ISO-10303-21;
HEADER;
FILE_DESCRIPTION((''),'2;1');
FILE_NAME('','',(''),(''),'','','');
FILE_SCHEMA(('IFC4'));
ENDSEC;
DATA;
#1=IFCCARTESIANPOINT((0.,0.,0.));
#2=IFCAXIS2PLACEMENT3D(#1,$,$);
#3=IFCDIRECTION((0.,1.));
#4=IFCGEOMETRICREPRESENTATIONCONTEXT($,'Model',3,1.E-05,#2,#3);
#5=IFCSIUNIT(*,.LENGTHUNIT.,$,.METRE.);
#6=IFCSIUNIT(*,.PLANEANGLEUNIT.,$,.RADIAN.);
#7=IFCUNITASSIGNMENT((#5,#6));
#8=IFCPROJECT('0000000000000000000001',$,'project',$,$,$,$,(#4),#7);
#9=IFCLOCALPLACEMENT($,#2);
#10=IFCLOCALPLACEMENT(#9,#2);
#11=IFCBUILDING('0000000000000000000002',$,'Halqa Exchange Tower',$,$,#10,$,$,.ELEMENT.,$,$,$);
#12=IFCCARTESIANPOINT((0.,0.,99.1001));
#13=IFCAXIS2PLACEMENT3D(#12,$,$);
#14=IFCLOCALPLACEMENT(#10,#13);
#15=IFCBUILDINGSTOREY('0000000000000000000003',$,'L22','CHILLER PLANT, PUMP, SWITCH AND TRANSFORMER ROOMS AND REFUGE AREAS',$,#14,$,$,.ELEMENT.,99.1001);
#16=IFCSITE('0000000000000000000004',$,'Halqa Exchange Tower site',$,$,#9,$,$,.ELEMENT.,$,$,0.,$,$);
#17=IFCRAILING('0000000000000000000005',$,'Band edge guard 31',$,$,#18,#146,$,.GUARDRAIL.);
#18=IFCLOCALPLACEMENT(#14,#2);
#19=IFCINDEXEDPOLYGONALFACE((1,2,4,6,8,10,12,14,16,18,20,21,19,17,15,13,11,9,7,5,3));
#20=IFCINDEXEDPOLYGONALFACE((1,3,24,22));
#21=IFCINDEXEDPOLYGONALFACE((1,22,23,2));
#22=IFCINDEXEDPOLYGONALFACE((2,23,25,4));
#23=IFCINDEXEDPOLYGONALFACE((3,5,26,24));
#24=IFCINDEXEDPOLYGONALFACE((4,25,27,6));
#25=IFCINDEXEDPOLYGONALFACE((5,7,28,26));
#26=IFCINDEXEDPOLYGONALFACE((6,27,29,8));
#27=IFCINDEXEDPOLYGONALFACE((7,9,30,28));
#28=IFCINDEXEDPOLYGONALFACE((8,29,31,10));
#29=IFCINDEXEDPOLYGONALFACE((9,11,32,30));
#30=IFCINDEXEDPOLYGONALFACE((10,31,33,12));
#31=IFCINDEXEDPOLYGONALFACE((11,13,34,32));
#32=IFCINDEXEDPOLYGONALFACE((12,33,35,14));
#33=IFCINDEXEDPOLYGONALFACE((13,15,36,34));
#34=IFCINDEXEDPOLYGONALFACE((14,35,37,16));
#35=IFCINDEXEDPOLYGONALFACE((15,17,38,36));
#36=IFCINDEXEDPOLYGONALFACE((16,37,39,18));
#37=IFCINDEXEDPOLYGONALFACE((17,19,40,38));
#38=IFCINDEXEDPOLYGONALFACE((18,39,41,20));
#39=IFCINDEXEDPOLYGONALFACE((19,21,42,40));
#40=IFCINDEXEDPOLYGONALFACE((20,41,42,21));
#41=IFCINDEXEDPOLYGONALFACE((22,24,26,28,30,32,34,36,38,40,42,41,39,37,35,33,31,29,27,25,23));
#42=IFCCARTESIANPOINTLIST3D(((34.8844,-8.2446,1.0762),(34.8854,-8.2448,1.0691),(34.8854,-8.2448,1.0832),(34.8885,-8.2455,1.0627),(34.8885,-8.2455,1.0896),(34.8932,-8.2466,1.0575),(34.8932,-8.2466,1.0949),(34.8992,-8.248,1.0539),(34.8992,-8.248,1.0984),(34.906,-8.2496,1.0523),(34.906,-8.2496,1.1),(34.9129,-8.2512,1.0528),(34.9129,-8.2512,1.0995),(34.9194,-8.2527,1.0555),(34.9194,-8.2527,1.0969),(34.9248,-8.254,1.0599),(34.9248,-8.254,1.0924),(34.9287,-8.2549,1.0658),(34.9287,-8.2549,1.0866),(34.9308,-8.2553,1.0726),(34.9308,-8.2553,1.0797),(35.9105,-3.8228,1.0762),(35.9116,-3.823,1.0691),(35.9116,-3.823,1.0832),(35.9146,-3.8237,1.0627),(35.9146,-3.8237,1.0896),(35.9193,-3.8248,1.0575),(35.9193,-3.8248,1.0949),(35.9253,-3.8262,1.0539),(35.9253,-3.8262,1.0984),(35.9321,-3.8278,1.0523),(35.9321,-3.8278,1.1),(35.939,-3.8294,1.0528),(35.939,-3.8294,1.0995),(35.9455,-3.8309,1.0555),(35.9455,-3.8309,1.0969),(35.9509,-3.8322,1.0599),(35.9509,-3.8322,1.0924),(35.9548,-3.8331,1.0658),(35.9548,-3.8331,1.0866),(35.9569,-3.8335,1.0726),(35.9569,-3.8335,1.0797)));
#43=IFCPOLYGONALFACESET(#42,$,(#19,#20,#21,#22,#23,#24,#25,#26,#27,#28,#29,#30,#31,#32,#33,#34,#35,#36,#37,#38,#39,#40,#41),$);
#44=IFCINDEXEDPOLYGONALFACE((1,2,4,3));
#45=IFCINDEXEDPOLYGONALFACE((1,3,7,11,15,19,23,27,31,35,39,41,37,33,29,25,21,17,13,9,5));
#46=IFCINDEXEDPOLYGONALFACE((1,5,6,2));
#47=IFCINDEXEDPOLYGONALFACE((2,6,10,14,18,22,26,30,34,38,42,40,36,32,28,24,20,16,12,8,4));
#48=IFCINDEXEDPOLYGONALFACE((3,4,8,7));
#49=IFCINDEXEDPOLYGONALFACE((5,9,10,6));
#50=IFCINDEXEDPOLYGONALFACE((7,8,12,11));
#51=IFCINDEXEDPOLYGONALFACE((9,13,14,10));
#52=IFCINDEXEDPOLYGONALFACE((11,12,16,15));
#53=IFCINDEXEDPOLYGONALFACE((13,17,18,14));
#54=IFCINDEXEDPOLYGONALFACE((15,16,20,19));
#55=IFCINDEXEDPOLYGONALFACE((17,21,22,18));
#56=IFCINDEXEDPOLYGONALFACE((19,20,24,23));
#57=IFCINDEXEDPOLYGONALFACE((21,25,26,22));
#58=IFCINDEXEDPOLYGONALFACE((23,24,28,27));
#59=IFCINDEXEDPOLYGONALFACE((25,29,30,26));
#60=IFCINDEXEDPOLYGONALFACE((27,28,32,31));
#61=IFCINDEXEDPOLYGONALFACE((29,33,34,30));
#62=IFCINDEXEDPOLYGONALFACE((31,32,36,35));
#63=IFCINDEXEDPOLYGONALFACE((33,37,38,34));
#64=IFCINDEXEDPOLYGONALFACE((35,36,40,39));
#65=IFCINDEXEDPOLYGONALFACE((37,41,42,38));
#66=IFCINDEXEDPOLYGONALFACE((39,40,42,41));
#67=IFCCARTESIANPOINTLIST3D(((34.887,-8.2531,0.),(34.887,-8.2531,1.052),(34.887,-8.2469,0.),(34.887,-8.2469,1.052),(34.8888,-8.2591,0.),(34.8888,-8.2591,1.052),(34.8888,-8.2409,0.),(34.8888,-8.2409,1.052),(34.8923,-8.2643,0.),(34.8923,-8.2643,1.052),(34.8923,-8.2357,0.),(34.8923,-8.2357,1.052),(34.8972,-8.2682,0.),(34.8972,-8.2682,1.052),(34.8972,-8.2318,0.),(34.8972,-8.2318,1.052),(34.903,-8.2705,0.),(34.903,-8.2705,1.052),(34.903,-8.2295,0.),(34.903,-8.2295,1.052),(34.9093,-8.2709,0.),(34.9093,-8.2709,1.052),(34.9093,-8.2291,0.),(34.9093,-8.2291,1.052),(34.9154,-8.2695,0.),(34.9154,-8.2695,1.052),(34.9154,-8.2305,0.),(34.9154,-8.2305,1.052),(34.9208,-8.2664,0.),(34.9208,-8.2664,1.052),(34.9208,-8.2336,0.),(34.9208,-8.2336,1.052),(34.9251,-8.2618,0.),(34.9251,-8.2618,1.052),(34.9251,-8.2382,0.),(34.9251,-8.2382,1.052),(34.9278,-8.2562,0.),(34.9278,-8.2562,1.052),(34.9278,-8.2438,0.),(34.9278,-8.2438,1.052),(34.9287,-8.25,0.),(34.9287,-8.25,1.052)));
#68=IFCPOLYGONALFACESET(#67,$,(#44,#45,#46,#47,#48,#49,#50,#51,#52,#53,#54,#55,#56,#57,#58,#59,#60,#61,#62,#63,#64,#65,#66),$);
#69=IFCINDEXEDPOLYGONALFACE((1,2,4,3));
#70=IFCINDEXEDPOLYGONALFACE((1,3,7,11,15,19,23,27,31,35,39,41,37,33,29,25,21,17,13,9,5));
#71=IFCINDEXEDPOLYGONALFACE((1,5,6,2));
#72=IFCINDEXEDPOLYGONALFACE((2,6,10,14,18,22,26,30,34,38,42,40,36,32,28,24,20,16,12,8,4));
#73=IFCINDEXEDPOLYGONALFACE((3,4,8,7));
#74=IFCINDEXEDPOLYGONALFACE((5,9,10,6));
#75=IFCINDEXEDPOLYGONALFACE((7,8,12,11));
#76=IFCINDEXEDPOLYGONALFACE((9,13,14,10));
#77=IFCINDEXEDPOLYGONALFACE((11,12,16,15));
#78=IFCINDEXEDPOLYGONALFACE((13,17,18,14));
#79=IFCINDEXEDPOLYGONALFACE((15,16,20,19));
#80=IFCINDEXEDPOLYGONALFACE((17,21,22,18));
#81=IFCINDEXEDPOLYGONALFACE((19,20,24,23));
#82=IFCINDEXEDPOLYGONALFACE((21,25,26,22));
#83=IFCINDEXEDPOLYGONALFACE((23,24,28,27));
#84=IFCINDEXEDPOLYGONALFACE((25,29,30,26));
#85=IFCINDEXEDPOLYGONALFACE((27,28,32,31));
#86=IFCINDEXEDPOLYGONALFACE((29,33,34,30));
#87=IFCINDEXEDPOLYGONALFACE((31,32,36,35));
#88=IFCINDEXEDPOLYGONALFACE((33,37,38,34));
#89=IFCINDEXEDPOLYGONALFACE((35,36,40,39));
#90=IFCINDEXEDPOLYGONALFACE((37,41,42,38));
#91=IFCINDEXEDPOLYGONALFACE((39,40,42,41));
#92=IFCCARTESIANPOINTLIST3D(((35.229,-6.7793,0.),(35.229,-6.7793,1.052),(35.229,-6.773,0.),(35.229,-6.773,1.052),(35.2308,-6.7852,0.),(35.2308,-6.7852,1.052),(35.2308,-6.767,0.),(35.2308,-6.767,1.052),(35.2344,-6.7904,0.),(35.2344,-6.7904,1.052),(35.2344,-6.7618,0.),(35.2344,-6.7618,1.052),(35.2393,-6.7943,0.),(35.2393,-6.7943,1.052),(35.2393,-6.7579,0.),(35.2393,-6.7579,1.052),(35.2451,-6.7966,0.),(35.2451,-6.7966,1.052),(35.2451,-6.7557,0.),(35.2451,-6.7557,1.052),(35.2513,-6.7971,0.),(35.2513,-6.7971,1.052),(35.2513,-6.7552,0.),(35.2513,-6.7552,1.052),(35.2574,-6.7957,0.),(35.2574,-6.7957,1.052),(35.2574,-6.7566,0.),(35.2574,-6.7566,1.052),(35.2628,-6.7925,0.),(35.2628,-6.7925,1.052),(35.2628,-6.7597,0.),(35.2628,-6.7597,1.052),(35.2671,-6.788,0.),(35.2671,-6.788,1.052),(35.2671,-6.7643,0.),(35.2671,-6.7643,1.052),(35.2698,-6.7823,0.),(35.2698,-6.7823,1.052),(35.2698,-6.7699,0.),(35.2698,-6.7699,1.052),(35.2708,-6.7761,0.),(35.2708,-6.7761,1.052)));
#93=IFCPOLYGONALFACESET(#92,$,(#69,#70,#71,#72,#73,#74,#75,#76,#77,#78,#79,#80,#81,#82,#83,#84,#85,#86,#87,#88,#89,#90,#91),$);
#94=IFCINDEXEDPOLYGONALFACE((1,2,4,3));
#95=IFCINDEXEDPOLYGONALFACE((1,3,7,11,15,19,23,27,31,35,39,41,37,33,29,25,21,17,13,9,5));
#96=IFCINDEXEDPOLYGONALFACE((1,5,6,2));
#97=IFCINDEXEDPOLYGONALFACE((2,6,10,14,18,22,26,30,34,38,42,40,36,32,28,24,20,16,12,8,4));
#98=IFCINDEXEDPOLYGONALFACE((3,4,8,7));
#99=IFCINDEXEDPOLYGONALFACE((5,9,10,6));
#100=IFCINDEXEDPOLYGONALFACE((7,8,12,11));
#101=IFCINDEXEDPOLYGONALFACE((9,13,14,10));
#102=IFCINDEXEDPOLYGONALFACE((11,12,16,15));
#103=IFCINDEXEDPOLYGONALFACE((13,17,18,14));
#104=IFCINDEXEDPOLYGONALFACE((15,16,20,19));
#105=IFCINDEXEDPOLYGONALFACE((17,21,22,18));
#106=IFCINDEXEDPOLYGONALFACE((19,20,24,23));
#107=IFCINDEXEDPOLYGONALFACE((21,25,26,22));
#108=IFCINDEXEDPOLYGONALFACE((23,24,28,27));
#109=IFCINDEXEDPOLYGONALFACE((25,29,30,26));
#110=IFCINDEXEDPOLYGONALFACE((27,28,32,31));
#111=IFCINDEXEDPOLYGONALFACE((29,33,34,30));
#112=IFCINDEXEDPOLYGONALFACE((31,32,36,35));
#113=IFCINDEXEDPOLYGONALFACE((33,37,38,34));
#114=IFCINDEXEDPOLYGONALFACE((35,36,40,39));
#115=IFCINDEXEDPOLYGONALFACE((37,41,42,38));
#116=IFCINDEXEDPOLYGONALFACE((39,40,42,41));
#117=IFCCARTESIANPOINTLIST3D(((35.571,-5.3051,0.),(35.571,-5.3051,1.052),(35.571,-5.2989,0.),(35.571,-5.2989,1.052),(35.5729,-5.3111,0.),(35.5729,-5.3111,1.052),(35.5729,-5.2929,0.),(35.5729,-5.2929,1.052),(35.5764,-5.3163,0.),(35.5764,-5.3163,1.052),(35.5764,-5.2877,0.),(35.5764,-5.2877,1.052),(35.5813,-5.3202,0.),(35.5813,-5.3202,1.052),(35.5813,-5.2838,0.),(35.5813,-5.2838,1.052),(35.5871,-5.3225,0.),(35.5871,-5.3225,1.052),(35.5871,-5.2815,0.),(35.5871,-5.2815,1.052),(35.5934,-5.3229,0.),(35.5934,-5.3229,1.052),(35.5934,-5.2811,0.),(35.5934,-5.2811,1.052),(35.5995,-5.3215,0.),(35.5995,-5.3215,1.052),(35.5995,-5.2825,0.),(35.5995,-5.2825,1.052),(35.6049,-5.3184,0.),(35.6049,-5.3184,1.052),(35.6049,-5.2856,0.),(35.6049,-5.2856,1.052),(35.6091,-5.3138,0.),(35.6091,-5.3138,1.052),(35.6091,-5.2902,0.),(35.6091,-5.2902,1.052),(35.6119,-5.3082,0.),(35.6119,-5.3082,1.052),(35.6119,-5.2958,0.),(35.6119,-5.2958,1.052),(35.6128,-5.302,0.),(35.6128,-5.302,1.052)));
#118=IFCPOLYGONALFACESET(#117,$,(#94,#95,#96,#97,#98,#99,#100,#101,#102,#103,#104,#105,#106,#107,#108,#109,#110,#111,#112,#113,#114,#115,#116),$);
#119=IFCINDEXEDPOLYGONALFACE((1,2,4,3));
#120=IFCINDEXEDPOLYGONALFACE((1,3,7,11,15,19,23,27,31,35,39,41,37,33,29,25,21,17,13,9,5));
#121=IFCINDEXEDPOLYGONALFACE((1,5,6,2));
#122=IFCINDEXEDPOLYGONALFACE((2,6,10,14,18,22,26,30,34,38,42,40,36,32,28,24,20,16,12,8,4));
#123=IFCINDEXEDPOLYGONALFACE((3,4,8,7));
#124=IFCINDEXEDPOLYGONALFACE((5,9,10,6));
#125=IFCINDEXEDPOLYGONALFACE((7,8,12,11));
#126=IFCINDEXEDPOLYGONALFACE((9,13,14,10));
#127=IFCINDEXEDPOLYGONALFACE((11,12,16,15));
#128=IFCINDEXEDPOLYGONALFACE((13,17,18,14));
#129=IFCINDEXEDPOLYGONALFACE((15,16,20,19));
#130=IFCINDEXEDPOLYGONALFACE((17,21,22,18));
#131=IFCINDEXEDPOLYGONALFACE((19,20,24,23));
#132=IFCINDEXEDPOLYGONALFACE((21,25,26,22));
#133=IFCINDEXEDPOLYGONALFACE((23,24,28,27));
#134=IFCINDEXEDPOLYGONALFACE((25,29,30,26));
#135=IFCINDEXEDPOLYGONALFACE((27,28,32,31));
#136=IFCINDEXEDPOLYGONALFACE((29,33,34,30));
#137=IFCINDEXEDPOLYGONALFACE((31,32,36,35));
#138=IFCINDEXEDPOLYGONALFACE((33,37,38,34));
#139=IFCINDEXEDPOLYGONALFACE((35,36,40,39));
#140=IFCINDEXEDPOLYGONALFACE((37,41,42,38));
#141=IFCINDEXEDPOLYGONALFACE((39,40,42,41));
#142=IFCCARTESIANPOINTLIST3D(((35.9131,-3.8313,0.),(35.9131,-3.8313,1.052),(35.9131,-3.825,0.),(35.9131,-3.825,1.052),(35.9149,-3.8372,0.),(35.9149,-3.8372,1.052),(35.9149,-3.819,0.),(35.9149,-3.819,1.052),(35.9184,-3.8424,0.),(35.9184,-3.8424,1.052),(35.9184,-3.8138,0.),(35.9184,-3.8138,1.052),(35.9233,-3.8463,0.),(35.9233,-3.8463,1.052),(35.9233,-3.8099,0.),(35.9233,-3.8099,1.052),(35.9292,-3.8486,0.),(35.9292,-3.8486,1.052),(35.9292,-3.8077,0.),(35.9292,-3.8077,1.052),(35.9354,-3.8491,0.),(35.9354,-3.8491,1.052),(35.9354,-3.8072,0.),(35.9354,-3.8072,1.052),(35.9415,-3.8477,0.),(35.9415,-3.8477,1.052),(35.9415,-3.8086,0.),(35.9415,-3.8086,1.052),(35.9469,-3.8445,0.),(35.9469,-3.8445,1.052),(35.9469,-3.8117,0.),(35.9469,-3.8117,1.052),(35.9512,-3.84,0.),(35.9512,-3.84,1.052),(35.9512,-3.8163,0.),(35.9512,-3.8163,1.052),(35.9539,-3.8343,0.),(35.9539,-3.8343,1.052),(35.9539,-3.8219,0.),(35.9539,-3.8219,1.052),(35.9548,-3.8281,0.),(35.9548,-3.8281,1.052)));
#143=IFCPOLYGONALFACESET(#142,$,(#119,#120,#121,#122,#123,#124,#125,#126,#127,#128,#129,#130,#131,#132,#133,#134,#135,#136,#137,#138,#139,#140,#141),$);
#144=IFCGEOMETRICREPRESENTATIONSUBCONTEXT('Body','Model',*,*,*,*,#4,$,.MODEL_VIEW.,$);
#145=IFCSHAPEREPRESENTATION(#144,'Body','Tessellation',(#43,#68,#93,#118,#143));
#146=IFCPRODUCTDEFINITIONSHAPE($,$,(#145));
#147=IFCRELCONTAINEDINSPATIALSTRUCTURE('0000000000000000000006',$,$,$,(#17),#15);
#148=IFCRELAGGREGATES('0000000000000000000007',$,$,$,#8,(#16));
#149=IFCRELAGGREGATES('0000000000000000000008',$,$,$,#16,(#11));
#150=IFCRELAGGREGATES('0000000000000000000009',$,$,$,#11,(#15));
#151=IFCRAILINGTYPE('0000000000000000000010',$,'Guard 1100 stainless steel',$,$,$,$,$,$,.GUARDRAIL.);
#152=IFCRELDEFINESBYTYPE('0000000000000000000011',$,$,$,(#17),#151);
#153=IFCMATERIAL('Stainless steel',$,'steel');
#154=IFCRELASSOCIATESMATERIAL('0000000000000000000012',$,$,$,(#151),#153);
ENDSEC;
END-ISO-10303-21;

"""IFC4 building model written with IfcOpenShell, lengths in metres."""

from ifc_helpers import new_model, si_unit, direction, frame, origin, origin_2d, place, context, subcontext, project, spatial, circle, extrude, material, type_object, element, save


model = new_model("IFC4")

# Units and contexts
model_context = context("Model", 3, precision=1e-05, world=origin(), true_north=direction((0.0, 1.0)))
body_context = subcontext(model_context, "Body", "Model", "MODEL_VIEW")
ifc_project = project(units=[si_unit("LENGTHUNIT", "METRE"), si_unit("PLANEANGLEUNIT", "RADIAN")], contexts=[model_context])

# Site, building, storey
site_placement = place(None, origin())
site = spatial("IfcSite", under=ifc_project, at=site_placement, Name="Halqa Exchange Tower site", CompositionType="ELEMENT", RefElevation=0.0)
building_placement = place(site_placement, origin())
building = spatial("IfcBuilding", under=site, at=building_placement, Name="Halqa Exchange Tower", CompositionType="ELEMENT")
storey_placement = place(building_placement, frame((0.0, 0.0, 99.1001)))
storey = spatial("IfcBuildingStorey", under=building, at=storey_placement, Name="L22", Description="CHILLER PLANT, PUMP, SWITCH AND TRANSFORMER ROOMS AND REFUGE AREAS", CompositionType="ELEMENT", Elevation=99.1001)

# Railing
ifc_material_1 = material(Name="Stainless steel", Category="steel")
railing_type = type_object("IfcRailingType", Name="Guard 1100 stainless steel", PredefinedType="GUARDRAIL", material=ifc_material_1)
railing_1_placement = place(storey_placement, frame((34.9077, -8.25, 0.0)))
element("IfcRailing", 1, at=railing_1_placement, inside=storey, type_object=railing_type, Name="Band edge guard 31", PredefinedType="GUARDRAIL", context=body_context, shape_type="SweptSolid", body=[
    extrude(circle(Radius=0.0239, at=origin_2d()), frame((0.0, 0.0, 1.0762), z_axis=(0.22605, 0.974116, 0.0), x_axis=(-0.974116, 0.22605, 0.0)), (0.0, 0.0, 1.0), 4.5393),
    extrude(circle(Radius=0.021, at=origin_2d()), origin(), (0.0, 0.0, 1.0), 1.052),
    extrude(circle(Radius=0.021, at=origin_2d()), frame((0.342, 1.4739, 0.0)), (0.0, 0.0, 1.0), 1.052),
    extrude(circle(Radius=0.021, at=origin_2d()), frame((0.6841, 2.948, 0.0)), (0.0, 0.0, 1.0), 1.052),
    extrude(circle(Radius=0.021, at=origin_2d()), frame((1.0261, 4.4219, 0.0)), (0.0, 0.0, 1.0), 1.052),
])

save(model, "model.ifc")
